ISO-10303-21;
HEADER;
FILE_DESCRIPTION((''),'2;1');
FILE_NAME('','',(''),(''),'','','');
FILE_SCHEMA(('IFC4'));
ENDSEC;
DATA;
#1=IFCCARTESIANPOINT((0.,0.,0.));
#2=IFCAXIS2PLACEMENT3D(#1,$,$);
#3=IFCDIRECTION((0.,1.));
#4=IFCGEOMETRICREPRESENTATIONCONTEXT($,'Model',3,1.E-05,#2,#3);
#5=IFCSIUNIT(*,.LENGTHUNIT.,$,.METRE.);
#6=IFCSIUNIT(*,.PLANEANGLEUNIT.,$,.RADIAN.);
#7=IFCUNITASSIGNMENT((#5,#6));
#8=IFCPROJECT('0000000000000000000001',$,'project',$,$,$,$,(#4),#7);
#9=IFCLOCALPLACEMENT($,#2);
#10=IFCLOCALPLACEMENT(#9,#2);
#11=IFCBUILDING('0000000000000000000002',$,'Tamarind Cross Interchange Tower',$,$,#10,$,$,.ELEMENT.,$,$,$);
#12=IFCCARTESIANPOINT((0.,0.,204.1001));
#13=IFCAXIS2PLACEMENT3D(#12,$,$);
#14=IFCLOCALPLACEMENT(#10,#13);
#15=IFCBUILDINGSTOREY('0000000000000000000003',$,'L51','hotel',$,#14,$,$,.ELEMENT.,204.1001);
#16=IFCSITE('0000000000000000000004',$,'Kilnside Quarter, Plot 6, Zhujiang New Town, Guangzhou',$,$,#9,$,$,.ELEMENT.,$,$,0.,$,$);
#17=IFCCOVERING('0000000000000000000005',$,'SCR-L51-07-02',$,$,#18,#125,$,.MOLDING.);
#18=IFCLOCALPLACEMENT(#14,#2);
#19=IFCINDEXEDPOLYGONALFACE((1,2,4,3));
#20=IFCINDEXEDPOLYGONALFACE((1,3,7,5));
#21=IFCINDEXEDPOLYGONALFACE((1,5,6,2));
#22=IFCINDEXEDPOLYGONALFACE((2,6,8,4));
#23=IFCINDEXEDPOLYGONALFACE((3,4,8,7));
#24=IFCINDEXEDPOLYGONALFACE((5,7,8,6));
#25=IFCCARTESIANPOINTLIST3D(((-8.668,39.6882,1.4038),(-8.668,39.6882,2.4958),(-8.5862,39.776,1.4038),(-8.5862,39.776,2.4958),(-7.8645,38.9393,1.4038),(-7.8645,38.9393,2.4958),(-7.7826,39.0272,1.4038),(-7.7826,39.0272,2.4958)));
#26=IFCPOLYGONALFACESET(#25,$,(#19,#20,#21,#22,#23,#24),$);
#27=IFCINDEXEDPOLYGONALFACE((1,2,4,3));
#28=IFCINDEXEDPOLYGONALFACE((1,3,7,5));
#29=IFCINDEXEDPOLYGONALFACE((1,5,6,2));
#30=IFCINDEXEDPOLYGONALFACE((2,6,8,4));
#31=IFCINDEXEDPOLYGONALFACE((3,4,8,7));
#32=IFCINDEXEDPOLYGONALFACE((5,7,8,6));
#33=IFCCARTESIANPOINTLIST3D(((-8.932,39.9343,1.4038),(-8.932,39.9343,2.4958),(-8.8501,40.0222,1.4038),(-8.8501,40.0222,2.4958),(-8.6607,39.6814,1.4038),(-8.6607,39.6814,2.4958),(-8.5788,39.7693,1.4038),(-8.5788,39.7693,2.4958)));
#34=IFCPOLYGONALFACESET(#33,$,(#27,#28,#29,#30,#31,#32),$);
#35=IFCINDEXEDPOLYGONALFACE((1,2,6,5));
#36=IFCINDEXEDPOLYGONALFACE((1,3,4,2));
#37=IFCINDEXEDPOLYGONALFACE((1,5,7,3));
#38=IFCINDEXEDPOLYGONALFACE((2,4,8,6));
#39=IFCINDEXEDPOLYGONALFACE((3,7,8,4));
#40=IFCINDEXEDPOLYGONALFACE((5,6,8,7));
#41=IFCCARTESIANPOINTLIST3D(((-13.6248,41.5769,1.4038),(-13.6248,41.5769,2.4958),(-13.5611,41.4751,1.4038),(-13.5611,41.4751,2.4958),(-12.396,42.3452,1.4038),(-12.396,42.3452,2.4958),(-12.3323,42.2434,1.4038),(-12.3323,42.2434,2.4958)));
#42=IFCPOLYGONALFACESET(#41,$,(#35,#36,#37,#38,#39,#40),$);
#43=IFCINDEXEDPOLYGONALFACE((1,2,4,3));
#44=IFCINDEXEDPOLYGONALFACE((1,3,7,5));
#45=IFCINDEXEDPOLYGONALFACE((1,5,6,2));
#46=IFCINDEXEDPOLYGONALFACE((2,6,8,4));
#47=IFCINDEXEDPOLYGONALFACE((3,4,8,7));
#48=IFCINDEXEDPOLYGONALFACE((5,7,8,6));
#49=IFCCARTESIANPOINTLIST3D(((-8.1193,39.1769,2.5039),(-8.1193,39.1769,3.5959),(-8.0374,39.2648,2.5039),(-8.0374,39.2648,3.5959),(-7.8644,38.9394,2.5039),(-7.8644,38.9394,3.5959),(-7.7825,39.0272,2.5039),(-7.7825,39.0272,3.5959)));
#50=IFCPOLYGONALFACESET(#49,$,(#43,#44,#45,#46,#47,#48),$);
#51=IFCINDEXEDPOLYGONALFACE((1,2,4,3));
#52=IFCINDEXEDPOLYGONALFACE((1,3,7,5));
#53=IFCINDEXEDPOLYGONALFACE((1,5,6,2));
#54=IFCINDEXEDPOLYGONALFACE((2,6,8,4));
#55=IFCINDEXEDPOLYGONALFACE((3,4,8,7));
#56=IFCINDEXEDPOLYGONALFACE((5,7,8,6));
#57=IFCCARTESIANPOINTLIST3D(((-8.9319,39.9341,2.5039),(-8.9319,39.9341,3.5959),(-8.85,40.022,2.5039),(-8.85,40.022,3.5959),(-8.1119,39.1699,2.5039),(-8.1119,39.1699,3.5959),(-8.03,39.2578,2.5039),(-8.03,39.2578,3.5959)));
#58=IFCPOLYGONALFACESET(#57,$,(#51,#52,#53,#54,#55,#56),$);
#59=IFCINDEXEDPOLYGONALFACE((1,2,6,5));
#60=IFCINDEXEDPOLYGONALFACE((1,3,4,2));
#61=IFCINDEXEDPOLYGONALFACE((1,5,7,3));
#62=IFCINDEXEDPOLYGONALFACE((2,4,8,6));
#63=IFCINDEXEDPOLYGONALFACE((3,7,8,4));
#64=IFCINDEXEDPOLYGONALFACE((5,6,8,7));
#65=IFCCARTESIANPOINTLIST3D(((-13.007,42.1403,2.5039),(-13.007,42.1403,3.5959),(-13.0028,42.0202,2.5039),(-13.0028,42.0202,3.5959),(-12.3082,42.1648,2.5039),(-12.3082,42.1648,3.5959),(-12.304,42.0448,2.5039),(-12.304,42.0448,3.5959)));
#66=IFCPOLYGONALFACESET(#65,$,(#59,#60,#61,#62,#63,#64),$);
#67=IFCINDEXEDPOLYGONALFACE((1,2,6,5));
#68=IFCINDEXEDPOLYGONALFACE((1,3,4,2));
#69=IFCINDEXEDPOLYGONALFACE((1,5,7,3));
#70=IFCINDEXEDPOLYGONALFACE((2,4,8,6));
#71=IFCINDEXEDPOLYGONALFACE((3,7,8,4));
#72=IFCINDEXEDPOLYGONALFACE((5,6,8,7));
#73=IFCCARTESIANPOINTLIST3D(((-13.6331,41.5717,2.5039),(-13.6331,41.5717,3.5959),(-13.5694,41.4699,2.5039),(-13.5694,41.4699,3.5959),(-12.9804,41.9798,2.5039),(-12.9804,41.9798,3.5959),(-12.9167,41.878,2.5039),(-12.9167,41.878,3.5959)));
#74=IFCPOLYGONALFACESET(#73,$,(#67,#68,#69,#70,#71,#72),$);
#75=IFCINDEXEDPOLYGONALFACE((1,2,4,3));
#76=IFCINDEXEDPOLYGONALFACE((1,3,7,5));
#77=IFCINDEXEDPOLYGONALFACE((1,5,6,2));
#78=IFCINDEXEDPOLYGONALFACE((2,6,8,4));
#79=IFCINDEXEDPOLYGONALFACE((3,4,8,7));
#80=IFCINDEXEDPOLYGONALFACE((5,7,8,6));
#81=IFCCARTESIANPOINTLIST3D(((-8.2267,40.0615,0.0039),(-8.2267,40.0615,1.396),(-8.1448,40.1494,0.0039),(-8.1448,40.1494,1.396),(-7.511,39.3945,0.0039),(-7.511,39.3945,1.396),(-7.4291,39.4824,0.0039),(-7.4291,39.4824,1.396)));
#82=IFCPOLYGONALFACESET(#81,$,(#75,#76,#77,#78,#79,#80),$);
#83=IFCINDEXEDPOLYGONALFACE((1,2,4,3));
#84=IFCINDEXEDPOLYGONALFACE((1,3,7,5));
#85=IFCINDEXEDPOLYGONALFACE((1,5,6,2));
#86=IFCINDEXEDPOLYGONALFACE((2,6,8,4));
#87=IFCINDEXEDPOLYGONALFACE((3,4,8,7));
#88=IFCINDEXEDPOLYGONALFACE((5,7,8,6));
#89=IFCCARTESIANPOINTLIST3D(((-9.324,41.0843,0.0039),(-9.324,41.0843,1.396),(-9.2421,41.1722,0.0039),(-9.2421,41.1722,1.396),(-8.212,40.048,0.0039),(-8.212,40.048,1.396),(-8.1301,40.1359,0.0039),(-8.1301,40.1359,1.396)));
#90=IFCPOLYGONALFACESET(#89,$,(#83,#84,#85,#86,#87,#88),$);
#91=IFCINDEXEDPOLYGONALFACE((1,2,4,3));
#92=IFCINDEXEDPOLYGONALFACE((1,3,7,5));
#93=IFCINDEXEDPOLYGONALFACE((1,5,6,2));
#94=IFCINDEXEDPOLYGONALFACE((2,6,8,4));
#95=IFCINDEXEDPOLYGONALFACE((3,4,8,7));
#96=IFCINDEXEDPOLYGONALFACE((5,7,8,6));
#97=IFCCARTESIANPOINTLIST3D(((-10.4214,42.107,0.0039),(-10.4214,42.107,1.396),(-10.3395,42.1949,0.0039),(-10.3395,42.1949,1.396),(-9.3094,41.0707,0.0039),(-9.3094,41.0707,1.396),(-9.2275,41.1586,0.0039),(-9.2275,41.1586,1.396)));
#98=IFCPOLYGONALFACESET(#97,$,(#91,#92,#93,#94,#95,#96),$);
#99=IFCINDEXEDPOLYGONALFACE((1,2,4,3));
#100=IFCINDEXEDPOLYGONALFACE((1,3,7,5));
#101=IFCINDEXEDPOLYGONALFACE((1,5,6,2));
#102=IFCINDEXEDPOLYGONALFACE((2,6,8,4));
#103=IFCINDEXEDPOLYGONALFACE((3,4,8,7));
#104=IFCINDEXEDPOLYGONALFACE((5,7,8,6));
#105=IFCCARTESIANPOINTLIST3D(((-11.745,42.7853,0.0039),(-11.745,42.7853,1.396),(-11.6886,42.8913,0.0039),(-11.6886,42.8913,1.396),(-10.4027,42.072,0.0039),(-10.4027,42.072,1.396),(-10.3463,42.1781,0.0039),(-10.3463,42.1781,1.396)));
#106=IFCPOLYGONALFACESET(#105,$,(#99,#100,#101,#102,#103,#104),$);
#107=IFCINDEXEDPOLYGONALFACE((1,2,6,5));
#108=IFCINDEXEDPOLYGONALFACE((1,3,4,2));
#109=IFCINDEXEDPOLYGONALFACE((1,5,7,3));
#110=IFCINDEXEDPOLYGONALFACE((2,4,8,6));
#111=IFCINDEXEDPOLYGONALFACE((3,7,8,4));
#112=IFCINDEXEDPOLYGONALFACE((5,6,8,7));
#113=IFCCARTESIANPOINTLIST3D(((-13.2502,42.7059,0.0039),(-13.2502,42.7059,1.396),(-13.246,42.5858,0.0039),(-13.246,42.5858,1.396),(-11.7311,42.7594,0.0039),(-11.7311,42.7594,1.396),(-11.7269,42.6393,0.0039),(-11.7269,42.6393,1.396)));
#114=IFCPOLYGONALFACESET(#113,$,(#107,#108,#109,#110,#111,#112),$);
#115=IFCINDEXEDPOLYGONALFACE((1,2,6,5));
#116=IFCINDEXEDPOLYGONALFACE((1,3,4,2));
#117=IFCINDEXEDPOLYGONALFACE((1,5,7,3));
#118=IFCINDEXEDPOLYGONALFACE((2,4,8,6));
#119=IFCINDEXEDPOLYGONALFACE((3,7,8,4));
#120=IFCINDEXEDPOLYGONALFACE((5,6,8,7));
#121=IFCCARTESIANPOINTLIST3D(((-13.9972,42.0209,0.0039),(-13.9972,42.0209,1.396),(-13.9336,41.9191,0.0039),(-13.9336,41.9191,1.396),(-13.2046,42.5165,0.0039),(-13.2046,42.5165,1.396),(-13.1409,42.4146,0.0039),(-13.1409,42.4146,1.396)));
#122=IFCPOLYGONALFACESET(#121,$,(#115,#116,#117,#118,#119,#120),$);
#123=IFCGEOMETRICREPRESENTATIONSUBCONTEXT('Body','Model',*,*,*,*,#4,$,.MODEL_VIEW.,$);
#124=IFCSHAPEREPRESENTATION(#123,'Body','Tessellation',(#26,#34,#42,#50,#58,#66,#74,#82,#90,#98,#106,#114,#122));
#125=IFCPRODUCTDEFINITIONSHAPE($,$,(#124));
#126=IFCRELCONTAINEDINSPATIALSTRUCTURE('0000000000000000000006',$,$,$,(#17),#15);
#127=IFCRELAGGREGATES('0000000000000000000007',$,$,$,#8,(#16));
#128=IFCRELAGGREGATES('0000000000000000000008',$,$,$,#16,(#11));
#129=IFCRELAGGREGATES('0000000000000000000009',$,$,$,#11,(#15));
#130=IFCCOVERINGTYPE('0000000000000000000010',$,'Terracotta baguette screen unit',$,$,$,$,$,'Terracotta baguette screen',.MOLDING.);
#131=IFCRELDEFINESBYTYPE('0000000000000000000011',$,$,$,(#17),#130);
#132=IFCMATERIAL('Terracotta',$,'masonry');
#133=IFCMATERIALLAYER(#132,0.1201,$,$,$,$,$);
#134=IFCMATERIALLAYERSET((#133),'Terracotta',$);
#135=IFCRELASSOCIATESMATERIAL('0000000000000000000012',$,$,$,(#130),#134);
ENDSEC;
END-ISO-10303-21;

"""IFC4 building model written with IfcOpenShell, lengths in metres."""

from ifc_helpers import new_model, si_unit, direction, frame, origin, origin_2d, place, context, subcontext, project, spatial, rectangle, extrude, material, layer, layer_set, type_object, element, save


model = new_model("IFC4")

# Units and contexts
model_context = context("Model", 3, precision=1e-05, world=origin(), true_north=direction((0.0, 1.0)))
body_context = subcontext(model_context, "Body", "Model", "MODEL_VIEW")
ifc_project = project(units=[si_unit("LENGTHUNIT", "METRE"), si_unit("PLANEANGLEUNIT", "RADIAN")], contexts=[model_context])

# Site, building, storey
site_placement = place(None, origin())
site = spatial("IfcSite", under=ifc_project, at=site_placement, Name="Kilnside Quarter, Plot 6, Zhujiang New Town, Guangzhou", CompositionType="ELEMENT", RefElevation=0.0)
building_placement = place(site_placement, origin())
building = spatial("IfcBuilding", under=site, at=building_placement, Name="Tamarind Cross Interchange Tower", CompositionType="ELEMENT")
storey_placement = place(building_placement, frame((0.0, 0.0, 204.1001)))
storey = spatial("IfcBuildingStorey", under=building, at=storey_placement, Name="L51", Description="hotel", CompositionType="ELEMENT", Elevation=204.1001)

# Covering
ifc_material_1 = material(Name="Terracotta", Category="masonry")
ifc_layer_1 = layer(ifc_material_1, 0.1201)
ifc_layer_set_1 = layer_set([ifc_layer_1], Name="Terracotta")
covering_type = type_object("IfcCoveringType", Name="Terracotta baguette screen unit", ElementType="Terracotta baguette screen", PredefinedType="MOLDING", material=ifc_layer_set_1)
covering_1_placement = place(storey_placement, origin())
element("IfcCovering", 1, at=covering_1_placement, inside=storey, type_object=covering_type, Name="SCR-L51-07-02", PredefinedType="MOLDING", context=body_context, shape_type="SweptSolid", body=[
    extrude(rectangle(XDim=1.0984, YDim=0.1201, at=origin_2d()), frame((-8.2253, 39.3577, 1.4038), z_axis=(0.0, 0.0, 1.0), x_axis=(-0.731544, 0.681794, 0.0)), (0.0, 0.0, 1.0), 1.092),
    extrude(rectangle(XDim=0.3708, YDim=0.1201, at=origin_2d()), frame((-8.7554, 39.8518, 1.4038), z_axis=(0.0, 0.0, 1.0), x_axis=(-0.731544, 0.681794, 0.0)), (0.0, 0.0, 1.0), 1.092),
    extrude(rectangle(XDim=1.4492, YDim=0.1201, at=origin_2d()), frame((-12.9785, 41.9102, 1.4038), z_axis=(0.0, 0.0, 1.0), x_axis=(-0.8479, -0.530156, 0.0)), (0.0, 0.0, 1.0), 1.092),
    extrude(rectangle(XDim=0.3484, YDim=0.1201, at=origin_2d()), frame((-7.9509, 39.1021, 2.5039), z_axis=(0.0, 0.0, 1.0), x_axis=(-0.731544, 0.681794, 0.0)), (0.0, 0.0, 1.0), 1.092),
    extrude(rectangle(XDim=1.1208, YDim=0.1201, at=origin_2d()), frame((-8.481, 39.5959, 2.5039), z_axis=(0.0, 0.0, 1.0), x_axis=(-0.731544, 0.681794, 0.0)), (0.0, 0.0, 1.0), 1.092),
    extrude(rectangle(XDim=0.6992, YDim=0.1201, at=origin_2d()), frame((-12.6555, 42.0925, 2.5039), z_axis=(0.0, 0.0, 1.0), x_axis=(-0.999381, -0.035179, 0.0)), (0.0, 0.0, 1.0), 1.092),
    extrude(rectangle(XDim=0.7698, YDim=0.1201, at=origin_2d()), frame((-13.2749, 41.7249, 2.5039), z_axis=(0.0, 0.0, 1.0), x_axis=(-0.8479, -0.530156, 0.0)), (0.0, 0.0, 1.0), 1.092),
    extrude(rectangle(XDim=0.9783, YDim=0.1201, at=origin_2d()), frame((-7.8279, 39.772, 0.0039), z_axis=(0.0, 0.0, 1.0), x_axis=(-0.731544, 0.681794, 0.0)), (0.0, 0.0, 1.0), 1.3921),
    extrude(rectangle(XDim=1.52, YDim=0.1201, at=origin_2d()), frame((-8.7271, 40.6101, 0.0039), z_axis=(0.0, 0.0, 1.0), x_axis=(-0.731544, 0.681794, 0.0)), (0.0, 0.0, 1.0), 1.3921),
    extrude(rectangle(XDim=1.52, YDim=0.1201, at=origin_2d()), frame((-9.8245, 41.6328, 0.0039), z_axis=(0.0, 0.0, 1.0), x_axis=(-0.731544, 0.681794, 0.0)), (0.0, 0.0, 1.0), 1.3921),
    extrude(rectangle(XDim=1.52, YDim=0.1201, at=origin_2d()), frame((-11.0457, 42.4817, 0.0039), z_axis=(0.0, 0.0, 1.0), x_axis=(-0.883079, 0.469225, 0.0)), (0.0, 0.0, 1.0), 1.3921),
    extrude(rectangle(XDim=1.52, YDim=0.1201, at=origin_2d()), frame((-12.4885, 42.6726, 0.0039), z_axis=(0.0, 0.0, 1.0), x_axis=(-0.999381, -0.035179, 0.0)), (0.0, 0.0, 1.0), 1.3921),
    extrude(rectangle(XDim=0.9348, YDim=0.1201, at=origin_2d()), frame((-13.5691, 42.2178, 0.0039), z_axis=(0.0, 0.0, 1.0), x_axis=(-0.8479, -0.530156, 0.0)), (0.0, 0.0, 1.0), 1.3921),
])

save(model, "model.ifc")
